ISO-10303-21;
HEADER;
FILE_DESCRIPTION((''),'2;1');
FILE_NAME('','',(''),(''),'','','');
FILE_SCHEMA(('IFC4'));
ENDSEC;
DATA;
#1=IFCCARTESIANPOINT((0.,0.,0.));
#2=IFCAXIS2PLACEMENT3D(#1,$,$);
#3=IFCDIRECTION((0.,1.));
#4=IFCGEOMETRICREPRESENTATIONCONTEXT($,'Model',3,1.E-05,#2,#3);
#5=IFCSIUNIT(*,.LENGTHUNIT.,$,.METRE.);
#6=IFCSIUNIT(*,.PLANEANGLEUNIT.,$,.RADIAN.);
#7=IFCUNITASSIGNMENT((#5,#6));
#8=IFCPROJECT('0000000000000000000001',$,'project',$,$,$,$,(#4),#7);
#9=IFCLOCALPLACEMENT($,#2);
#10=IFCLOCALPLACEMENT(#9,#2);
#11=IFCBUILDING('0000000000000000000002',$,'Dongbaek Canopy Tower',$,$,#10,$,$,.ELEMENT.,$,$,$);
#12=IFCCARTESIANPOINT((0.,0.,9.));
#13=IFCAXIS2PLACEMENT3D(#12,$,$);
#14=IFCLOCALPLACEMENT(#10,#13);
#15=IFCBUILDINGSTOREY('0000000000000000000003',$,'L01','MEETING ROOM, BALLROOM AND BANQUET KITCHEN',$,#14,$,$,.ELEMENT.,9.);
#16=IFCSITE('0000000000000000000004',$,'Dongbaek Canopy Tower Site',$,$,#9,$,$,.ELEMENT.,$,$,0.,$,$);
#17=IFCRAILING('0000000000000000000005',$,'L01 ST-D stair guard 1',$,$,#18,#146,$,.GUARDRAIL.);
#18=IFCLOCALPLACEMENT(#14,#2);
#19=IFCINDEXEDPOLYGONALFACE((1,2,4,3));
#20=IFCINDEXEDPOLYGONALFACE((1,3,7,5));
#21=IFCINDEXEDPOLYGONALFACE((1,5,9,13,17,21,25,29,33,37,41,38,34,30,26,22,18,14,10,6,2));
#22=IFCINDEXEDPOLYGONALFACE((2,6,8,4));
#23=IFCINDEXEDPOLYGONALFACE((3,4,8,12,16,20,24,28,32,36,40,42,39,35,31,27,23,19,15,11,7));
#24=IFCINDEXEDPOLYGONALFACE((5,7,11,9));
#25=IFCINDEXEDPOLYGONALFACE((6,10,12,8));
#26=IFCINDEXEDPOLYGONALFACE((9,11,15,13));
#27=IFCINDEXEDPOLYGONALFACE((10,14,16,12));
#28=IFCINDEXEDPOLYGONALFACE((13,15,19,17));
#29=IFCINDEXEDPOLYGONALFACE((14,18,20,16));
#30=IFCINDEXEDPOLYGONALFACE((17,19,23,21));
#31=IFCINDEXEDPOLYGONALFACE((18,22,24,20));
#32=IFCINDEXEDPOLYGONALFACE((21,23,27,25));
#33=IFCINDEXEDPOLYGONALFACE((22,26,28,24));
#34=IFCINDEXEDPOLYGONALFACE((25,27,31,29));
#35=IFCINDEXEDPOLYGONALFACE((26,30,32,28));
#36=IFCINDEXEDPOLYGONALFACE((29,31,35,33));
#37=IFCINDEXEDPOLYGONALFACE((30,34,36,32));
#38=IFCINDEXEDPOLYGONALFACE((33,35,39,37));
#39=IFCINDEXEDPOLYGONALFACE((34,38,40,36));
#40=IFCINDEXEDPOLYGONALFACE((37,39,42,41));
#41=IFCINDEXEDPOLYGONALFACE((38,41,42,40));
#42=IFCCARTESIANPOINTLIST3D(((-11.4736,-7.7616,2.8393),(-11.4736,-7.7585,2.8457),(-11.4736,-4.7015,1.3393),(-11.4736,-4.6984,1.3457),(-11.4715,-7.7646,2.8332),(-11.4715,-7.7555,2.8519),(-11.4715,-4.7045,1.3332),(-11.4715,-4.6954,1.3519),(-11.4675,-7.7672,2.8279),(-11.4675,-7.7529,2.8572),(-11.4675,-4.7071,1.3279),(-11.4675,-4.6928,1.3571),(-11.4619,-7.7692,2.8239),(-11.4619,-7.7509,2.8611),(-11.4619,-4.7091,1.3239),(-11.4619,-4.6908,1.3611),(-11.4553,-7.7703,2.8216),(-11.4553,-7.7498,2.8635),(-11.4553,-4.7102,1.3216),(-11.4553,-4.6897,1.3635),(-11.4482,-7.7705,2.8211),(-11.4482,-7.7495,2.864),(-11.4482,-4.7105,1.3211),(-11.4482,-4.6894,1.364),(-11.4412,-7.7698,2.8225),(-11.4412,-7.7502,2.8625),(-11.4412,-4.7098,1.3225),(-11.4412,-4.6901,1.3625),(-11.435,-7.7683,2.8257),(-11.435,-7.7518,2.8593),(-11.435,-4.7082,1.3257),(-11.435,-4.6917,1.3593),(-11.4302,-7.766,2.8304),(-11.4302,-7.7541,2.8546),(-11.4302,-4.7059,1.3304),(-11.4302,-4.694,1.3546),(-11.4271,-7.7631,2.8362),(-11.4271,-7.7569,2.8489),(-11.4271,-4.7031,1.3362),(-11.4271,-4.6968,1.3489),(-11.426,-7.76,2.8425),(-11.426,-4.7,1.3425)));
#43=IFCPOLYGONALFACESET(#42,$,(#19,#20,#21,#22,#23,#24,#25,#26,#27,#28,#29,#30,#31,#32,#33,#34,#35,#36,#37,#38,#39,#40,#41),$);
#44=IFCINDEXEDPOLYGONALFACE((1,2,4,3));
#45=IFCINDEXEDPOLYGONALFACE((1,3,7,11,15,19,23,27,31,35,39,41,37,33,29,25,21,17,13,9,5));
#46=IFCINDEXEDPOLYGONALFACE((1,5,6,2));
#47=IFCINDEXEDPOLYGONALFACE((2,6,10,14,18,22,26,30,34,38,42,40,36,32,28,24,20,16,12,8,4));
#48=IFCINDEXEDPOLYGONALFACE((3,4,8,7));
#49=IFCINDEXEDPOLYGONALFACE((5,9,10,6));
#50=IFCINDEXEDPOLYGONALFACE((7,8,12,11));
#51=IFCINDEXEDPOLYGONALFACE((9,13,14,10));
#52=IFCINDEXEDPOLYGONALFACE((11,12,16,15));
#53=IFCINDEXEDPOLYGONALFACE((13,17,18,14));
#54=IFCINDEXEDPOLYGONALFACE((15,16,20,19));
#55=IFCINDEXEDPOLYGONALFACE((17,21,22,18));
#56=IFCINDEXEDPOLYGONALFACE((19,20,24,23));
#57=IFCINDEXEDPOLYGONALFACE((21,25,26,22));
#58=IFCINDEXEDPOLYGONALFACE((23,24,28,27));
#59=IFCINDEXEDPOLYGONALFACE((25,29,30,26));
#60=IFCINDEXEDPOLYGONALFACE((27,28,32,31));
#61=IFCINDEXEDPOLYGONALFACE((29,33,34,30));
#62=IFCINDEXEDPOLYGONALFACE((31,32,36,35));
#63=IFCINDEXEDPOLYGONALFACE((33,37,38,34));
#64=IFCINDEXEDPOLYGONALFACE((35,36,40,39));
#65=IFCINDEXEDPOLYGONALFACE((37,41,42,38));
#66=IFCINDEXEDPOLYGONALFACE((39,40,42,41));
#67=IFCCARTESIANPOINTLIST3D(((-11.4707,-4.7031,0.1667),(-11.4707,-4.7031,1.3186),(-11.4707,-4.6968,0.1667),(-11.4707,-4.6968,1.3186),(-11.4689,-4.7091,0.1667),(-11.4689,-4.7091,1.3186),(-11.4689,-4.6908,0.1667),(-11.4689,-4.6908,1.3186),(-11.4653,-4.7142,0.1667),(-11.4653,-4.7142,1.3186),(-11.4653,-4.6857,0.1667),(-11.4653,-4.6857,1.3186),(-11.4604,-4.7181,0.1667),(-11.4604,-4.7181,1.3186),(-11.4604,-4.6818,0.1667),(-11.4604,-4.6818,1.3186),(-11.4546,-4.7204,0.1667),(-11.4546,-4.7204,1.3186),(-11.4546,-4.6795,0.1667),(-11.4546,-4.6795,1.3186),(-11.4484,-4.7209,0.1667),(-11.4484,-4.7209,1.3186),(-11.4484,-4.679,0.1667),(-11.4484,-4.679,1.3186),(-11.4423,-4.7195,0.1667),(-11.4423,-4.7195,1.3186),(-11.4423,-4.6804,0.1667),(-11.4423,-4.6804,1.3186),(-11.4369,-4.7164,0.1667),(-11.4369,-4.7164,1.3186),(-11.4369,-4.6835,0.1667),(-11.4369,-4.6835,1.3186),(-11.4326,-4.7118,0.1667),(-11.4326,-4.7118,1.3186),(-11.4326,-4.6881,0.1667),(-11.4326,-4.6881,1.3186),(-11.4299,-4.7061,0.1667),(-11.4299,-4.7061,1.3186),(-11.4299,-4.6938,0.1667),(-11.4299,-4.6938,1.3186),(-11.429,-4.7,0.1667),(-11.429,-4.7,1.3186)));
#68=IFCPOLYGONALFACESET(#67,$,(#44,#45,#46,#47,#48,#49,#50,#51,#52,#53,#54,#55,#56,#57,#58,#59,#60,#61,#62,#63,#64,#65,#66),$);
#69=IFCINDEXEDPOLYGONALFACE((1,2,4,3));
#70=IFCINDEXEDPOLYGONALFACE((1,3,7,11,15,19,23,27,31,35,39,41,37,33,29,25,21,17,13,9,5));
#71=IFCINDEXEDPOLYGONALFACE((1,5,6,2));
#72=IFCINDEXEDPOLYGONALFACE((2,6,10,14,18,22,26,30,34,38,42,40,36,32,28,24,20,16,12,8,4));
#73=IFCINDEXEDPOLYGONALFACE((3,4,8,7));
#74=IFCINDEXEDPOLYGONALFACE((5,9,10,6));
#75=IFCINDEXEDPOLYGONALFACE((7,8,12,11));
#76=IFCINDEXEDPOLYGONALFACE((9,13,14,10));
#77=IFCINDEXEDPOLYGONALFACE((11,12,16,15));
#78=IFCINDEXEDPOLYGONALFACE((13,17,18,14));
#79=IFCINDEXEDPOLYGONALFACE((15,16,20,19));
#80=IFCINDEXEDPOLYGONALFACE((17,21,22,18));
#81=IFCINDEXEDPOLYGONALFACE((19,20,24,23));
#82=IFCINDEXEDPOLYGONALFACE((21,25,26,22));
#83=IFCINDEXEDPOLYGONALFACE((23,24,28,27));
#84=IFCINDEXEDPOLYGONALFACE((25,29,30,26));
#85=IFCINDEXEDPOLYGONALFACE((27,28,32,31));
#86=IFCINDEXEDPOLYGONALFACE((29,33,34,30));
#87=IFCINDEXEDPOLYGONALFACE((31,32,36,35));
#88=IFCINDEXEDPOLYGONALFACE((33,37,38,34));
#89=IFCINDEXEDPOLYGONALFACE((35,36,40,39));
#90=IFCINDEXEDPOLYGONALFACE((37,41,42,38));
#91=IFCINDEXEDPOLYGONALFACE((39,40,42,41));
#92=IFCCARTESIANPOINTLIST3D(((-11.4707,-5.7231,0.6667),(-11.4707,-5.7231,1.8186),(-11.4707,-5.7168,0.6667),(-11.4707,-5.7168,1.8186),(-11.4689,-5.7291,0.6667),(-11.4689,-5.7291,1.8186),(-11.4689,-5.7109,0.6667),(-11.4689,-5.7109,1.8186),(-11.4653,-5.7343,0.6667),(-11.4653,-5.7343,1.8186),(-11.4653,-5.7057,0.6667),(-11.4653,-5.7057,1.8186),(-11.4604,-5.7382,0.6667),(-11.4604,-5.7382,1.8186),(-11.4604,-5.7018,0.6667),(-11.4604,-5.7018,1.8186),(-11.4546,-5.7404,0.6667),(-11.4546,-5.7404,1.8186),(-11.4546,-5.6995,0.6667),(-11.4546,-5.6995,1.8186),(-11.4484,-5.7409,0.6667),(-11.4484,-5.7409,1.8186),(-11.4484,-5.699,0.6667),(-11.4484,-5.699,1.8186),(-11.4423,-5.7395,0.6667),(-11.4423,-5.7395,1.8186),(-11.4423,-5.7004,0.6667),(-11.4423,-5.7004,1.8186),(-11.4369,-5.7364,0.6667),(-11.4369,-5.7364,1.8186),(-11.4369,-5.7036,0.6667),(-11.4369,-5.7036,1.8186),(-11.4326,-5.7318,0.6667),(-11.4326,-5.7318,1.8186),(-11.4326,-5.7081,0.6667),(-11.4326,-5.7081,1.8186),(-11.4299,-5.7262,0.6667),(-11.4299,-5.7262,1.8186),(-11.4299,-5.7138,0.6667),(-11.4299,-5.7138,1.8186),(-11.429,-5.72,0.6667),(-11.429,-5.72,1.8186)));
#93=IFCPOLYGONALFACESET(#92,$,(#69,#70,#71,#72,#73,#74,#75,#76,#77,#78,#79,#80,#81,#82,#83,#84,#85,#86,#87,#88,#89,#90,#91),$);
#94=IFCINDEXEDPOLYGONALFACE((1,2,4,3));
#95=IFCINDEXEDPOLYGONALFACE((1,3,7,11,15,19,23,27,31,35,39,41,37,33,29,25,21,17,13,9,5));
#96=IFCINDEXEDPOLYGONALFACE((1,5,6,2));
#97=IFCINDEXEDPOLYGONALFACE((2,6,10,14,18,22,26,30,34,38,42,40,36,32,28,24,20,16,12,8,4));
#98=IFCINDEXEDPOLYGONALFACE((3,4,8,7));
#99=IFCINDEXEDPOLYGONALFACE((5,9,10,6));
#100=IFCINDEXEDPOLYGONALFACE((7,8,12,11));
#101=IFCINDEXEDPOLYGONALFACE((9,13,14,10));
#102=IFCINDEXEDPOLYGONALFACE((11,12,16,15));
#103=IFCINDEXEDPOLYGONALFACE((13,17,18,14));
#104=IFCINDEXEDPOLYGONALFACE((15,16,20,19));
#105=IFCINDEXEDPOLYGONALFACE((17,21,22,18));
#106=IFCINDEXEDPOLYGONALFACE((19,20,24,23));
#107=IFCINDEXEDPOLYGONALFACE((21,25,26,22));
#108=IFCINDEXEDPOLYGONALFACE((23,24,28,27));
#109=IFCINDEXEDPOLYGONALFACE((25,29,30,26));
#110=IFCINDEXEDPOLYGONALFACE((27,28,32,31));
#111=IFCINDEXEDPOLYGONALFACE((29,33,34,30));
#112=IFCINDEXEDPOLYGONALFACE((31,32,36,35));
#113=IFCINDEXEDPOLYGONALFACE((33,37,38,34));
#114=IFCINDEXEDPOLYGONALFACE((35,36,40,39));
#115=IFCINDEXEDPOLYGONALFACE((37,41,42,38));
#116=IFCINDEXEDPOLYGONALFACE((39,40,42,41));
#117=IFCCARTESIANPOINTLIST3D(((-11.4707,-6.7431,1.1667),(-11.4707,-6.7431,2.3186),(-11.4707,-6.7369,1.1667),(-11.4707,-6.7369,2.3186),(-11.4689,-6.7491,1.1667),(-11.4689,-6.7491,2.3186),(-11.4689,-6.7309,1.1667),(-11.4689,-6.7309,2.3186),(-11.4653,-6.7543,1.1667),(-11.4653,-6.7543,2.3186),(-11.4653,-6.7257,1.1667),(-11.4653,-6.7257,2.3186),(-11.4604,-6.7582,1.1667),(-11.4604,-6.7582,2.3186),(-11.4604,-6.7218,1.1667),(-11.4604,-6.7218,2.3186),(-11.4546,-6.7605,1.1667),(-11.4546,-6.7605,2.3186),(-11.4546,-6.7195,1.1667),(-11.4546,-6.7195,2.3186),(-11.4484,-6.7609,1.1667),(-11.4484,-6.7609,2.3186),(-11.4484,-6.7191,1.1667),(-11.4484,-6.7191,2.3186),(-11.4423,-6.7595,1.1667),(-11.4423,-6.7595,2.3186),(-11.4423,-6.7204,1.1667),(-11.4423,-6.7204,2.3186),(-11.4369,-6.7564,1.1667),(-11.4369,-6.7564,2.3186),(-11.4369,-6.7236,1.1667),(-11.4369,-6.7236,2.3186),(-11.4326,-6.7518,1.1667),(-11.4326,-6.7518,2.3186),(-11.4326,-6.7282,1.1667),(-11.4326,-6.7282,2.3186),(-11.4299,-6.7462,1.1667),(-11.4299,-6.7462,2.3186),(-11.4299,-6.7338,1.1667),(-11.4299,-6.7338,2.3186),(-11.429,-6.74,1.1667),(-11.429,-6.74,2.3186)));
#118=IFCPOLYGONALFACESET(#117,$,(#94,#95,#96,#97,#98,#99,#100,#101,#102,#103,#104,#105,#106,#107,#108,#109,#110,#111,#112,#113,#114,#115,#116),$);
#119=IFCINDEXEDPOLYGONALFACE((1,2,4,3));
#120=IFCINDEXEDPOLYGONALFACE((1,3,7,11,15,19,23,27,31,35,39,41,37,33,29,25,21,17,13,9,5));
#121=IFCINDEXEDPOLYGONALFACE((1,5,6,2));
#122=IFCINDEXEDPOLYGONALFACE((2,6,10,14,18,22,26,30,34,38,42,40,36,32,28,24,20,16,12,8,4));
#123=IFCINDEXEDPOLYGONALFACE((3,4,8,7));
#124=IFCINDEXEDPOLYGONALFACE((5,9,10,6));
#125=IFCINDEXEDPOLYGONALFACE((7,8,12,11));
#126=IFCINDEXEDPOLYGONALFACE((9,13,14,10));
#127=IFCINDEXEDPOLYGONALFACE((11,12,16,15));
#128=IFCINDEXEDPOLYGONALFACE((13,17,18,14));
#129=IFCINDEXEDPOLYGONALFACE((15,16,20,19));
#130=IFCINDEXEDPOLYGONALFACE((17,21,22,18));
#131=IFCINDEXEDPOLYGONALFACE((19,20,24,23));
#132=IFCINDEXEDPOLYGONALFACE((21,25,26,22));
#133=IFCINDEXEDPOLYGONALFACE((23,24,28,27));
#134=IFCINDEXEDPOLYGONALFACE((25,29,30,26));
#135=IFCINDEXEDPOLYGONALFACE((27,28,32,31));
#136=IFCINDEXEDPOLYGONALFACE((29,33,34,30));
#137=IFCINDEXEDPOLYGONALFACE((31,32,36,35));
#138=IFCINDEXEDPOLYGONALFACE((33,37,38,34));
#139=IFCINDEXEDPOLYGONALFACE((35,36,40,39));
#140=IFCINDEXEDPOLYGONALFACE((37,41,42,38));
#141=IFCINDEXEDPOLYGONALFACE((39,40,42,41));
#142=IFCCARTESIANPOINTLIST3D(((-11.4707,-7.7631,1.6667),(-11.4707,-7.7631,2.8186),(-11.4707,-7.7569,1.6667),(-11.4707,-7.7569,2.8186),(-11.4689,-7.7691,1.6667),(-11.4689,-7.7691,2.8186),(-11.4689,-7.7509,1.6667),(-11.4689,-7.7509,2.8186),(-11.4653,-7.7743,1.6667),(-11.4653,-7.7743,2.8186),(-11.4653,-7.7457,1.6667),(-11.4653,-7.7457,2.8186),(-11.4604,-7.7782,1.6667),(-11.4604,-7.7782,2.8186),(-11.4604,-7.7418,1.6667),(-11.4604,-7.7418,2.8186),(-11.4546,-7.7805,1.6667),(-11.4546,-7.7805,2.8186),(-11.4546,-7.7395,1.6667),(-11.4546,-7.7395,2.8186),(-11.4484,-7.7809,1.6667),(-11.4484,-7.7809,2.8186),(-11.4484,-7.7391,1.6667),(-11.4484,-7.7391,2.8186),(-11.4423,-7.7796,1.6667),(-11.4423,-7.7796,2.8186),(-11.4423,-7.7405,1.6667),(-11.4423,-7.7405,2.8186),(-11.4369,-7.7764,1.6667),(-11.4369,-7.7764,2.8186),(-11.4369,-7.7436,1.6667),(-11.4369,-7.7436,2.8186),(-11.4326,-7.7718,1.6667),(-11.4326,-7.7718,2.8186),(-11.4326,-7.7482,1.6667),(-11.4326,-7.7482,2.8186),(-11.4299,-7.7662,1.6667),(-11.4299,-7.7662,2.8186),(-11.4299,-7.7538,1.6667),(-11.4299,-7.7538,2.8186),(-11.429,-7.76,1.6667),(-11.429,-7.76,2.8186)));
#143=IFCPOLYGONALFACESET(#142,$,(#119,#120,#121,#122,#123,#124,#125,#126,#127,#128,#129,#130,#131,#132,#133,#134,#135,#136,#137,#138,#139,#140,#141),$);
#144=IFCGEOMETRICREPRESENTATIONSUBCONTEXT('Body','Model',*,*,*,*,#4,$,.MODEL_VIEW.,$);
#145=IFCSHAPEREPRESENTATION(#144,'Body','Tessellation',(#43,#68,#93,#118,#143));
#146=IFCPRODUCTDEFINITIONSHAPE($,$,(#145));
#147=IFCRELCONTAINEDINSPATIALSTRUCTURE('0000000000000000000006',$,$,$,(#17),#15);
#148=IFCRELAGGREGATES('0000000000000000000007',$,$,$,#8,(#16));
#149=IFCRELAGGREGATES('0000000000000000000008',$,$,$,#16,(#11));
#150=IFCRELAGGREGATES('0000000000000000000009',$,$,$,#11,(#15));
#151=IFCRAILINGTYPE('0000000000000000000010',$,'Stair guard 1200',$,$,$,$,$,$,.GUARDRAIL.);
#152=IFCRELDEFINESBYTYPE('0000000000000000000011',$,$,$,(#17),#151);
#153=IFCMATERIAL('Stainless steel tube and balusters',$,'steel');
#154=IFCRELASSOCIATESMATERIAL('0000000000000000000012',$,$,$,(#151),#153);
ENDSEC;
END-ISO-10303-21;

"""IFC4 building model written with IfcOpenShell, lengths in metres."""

from ifc_helpers import new_model, si_unit, direction, frame, origin, origin_2d, place, context, subcontext, project, spatial, circle, extrude, material, type_object, element, save


model = new_model("IFC4")

# Units and contexts
model_context = context("Model", 3, precision=1e-05, world=origin(), true_north=direction((0.0, 1.0)))
body_context = subcontext(model_context, "Body", "Model", "MODEL_VIEW")
ifc_project = project(units=[si_unit("LENGTHUNIT", "METRE"), si_unit("PLANEANGLEUNIT", "RADIAN")], contexts=[model_context])

# Site, building, storey
site_placement = place(None, origin())
site = spatial("IfcSite", under=ifc_project, at=site_placement, Name="Dongbaek Canopy Tower Site", CompositionType="ELEMENT", RefElevation=0.0)
building_placement = place(site_placement, origin())
building = spatial("IfcBuilding", under=site, at=building_placement, Name="Dongbaek Canopy Tower", CompositionType="ELEMENT")
storey_placement = place(building_placement, frame((0.0, 0.0, 9.0)))
storey = spatial("IfcBuildingStorey", under=building, at=storey_placement, Name="L01", Description="MEETING ROOM, BALLROOM AND BANQUET KITCHEN", CompositionType="ELEMENT", Elevation=9.0)

# Railing
ifc_material_1 = material(Name="Stainless steel tube and balusters", Category="steel")
railing_type_1 = type_object("IfcRailingType", Name="Stair guard 1200", PredefinedType="GUARDRAIL", material=ifc_material_1)
railing_1_placement = place(storey_placement, frame((-11.45, -4.7, 0.1667)))
element("IfcRailing", 1, at=railing_1_placement, inside=storey, type_object=railing_type_1, Name="L01 ST-D stair guard 1", PredefinedType="GUARDRAIL", context=body_context, shape_type="SweptSolid", body=[
    extrude(circle(Radius=0.0239, at=origin_2d()), frame((0.0, 0.0, 1.1758), z_axis=(0.0, -0.897924, 0.44015), x_axis=(1.0, 0.0, 0.0)), (0.0, 0.0, 1.0), 3.408),
    extrude(circle(Radius=0.021, at=origin_2d()), origin(), (0.0, 0.0, 1.0), 1.1519),
    extrude(circle(Radius=0.021, at=origin_2d()), frame((0.0, -1.02, 0.5)), (0.0, 0.0, 1.0), 1.1519),
    extrude(circle(Radius=0.021, at=origin_2d()), frame((0.0, -2.04, 1.0)), (0.0, 0.0, 1.0), 1.1519),
    extrude(circle(Radius=0.021, at=origin_2d()), frame((0.0, -3.0601, 1.5)), (0.0, 0.0, 1.0), 1.1519),
])

save(model, "model.ifc")
